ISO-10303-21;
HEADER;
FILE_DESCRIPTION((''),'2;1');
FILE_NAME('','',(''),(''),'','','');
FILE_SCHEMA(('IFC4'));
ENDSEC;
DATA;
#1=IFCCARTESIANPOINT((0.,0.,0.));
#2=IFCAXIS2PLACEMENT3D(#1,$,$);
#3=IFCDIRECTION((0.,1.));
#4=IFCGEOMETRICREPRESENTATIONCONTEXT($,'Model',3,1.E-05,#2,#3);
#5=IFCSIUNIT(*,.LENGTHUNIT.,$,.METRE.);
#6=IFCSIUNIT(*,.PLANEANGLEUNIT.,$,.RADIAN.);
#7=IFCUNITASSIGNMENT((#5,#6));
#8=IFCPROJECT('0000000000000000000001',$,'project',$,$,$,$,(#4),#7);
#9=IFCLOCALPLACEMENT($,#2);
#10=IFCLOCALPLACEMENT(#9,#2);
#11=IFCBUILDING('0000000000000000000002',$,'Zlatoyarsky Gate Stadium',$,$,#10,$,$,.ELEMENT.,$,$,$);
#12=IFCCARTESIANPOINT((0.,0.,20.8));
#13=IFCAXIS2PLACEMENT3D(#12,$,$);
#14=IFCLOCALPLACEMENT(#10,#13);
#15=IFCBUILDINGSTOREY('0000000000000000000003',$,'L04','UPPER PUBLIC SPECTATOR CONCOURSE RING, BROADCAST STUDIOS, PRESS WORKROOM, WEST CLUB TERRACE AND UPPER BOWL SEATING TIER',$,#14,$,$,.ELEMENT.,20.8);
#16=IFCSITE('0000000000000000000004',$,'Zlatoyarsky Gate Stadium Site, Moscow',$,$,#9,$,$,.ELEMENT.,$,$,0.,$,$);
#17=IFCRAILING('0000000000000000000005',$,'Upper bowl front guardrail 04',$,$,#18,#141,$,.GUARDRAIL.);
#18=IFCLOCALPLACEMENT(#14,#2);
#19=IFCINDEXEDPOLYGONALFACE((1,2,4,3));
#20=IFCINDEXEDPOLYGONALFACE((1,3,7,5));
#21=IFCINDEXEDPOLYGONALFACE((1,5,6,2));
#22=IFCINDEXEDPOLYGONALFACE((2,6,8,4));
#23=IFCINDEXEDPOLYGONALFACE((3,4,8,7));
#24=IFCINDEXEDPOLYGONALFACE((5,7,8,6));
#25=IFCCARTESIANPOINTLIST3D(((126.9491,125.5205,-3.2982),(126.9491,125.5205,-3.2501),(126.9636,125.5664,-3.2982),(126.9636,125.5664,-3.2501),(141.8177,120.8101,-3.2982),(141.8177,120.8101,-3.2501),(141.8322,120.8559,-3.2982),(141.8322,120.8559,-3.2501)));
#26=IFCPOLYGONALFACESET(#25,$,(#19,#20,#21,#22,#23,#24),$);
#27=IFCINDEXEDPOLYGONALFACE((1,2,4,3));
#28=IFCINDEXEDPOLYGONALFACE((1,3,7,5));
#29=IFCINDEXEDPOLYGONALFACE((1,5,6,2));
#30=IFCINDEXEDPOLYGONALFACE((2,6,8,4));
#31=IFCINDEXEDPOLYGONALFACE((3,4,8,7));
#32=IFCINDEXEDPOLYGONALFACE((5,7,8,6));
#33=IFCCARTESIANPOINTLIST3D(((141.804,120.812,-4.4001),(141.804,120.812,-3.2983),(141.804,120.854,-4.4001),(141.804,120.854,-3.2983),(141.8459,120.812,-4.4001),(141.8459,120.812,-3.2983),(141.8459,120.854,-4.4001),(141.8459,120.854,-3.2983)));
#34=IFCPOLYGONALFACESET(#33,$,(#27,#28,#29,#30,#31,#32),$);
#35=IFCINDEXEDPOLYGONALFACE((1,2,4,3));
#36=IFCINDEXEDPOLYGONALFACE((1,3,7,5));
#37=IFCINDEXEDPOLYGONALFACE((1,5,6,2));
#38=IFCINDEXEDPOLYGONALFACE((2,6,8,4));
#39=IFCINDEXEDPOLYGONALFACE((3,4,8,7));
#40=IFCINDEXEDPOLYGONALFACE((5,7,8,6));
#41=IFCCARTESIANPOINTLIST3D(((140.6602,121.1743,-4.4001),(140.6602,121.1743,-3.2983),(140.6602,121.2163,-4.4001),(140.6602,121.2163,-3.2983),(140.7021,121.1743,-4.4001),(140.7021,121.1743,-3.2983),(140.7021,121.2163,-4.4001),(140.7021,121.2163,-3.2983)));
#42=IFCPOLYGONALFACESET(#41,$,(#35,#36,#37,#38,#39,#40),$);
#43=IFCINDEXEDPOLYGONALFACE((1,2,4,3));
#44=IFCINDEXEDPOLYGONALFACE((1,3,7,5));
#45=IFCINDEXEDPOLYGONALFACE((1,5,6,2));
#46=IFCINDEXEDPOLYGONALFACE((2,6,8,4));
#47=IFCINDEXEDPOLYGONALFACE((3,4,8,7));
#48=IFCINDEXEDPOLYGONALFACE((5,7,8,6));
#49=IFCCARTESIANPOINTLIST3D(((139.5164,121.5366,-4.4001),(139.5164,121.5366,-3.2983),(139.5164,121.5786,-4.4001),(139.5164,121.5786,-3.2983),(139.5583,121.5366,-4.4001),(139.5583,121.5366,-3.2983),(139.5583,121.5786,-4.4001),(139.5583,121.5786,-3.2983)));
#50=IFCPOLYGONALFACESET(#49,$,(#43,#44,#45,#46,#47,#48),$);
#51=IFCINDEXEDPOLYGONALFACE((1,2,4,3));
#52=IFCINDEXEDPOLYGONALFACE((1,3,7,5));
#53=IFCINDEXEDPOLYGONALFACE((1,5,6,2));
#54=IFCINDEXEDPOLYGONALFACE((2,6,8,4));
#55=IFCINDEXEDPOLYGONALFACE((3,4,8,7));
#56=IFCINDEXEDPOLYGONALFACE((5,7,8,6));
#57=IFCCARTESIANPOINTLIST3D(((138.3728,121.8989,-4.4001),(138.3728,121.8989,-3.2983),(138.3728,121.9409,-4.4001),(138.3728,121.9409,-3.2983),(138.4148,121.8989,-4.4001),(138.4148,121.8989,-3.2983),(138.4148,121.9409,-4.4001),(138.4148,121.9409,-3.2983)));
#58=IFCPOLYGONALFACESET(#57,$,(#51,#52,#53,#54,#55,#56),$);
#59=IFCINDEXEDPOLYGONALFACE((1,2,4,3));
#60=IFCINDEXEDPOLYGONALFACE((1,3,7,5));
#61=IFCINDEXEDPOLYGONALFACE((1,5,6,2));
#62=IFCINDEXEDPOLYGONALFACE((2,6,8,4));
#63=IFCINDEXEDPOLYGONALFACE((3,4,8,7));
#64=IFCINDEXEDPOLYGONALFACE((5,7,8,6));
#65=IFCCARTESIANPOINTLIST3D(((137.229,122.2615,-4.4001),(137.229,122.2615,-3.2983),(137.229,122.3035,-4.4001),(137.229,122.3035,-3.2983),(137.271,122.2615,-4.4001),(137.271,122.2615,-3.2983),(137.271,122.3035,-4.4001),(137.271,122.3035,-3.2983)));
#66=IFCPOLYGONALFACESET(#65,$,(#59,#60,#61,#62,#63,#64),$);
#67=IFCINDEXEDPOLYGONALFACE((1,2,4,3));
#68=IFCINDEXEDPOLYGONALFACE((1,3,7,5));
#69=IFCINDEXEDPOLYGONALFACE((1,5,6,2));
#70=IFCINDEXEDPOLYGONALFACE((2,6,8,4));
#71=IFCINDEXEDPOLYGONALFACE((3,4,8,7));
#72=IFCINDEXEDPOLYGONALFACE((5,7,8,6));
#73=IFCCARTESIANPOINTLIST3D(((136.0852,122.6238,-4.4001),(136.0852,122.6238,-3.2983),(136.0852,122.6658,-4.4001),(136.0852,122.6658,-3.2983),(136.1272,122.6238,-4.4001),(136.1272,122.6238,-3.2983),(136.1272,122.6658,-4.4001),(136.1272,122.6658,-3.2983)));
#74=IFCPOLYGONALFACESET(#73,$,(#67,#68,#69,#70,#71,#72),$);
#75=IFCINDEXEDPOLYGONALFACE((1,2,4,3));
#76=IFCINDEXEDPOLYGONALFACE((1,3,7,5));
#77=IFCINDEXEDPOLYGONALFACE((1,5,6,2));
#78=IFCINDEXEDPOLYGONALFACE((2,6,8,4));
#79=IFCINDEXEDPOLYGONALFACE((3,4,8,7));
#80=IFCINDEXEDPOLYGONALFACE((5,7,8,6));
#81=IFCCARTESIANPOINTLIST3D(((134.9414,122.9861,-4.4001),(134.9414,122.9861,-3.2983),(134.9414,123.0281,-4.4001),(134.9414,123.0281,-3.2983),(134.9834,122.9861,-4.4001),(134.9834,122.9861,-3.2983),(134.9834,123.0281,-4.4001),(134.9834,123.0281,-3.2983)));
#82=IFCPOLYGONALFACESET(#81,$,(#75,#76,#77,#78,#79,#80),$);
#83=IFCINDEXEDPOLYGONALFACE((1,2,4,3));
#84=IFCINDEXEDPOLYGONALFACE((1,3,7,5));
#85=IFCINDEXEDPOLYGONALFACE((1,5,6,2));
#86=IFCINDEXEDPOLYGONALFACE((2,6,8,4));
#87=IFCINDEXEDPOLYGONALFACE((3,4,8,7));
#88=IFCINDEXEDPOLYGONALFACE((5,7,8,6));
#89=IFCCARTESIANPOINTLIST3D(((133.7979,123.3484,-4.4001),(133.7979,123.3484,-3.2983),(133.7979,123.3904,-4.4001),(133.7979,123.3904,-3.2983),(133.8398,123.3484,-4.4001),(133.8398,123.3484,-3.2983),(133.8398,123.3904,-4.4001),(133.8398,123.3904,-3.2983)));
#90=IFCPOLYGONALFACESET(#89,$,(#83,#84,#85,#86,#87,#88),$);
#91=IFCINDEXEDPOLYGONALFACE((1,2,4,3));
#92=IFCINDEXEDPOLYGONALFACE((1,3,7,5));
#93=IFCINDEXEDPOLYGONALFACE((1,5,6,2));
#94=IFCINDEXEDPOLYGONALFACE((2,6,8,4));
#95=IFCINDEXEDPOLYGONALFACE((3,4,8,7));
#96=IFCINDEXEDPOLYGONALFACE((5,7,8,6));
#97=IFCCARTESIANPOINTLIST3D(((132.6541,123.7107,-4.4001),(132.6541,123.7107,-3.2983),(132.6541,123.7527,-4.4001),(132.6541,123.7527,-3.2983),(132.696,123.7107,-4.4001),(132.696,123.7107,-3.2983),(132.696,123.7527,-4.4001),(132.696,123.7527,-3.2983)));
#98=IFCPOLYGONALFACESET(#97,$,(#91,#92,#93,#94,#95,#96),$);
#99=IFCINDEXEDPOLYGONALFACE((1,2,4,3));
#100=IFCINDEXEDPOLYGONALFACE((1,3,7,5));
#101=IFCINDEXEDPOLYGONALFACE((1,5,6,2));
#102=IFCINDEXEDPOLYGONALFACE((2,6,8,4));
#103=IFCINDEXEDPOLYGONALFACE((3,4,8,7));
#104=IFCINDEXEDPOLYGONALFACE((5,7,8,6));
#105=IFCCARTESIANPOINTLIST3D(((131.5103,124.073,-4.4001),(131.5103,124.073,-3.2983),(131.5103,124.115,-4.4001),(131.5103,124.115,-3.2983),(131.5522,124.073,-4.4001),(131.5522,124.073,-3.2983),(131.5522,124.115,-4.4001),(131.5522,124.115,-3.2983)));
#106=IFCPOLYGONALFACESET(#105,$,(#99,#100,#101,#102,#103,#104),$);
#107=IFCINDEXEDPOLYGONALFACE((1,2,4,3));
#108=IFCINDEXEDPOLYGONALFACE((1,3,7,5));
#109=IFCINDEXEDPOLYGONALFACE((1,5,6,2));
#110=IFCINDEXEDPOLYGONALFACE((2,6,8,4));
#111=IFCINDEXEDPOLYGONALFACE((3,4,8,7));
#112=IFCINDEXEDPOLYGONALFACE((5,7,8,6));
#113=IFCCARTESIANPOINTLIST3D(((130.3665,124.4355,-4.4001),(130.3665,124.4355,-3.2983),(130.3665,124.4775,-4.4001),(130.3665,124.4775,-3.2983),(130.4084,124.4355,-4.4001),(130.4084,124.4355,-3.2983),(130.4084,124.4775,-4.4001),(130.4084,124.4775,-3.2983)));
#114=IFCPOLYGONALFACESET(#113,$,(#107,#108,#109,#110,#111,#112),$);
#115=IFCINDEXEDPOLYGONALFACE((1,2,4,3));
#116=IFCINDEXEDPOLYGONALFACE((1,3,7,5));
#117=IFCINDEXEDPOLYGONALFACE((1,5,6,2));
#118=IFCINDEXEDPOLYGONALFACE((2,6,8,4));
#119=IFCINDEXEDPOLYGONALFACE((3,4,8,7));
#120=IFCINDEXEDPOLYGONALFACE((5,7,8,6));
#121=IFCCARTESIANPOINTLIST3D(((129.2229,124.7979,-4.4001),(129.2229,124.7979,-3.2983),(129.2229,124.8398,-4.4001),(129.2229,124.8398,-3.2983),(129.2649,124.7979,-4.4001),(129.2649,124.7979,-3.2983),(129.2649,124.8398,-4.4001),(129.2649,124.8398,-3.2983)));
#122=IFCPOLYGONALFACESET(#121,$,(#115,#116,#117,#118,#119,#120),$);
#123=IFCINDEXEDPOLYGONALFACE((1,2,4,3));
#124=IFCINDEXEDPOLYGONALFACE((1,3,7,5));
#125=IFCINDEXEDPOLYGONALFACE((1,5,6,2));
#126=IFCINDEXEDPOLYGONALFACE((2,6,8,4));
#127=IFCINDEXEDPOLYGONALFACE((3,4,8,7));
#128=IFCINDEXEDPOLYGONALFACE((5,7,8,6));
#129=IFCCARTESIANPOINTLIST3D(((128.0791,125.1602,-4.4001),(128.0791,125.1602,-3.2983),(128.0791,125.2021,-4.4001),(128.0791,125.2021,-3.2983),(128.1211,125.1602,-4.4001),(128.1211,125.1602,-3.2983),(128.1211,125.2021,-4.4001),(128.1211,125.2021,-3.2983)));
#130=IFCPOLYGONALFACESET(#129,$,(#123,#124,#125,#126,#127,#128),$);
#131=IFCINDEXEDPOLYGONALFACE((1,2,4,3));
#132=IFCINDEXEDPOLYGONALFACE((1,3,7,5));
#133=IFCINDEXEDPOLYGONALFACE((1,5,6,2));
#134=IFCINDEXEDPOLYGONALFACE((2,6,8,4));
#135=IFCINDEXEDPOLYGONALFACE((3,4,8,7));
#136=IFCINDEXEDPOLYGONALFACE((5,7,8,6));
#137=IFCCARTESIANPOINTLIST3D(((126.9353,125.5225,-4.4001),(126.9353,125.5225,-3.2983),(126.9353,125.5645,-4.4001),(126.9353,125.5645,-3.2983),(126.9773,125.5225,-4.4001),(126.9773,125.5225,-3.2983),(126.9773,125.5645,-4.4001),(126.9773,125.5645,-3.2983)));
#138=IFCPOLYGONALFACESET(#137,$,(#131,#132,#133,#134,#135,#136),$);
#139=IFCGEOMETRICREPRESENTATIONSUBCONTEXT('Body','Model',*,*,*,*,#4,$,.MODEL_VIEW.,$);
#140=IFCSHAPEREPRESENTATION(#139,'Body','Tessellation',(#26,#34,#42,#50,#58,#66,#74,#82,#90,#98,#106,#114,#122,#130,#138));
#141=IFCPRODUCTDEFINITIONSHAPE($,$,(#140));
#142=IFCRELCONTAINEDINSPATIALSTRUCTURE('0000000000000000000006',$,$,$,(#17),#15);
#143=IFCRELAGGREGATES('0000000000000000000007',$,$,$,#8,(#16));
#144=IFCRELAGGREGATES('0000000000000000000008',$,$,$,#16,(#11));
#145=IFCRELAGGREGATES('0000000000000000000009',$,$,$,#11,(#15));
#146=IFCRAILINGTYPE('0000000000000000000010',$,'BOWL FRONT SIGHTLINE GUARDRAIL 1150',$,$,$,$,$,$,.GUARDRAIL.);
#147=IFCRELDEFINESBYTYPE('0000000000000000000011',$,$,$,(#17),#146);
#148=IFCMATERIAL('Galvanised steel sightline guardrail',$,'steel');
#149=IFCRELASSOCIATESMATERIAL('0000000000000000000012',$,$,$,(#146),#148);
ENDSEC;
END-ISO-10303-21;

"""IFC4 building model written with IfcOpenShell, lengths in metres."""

from ifc_helpers import new_model, si_unit, direction, frame, origin, origin_2d, place, context, subcontext, project, spatial, rectangle, extrude, material, type_object, element, save


model = new_model("IFC4")

# Units and contexts
model_context = context("Model", 3, precision=1e-05, world=origin(), true_north=direction((0.0, 1.0)))
body_context = subcontext(model_context, "Body", "Model", "MODEL_VIEW")
ifc_project = project(units=[si_unit("LENGTHUNIT", "METRE"), si_unit("PLANEANGLEUNIT", "RADIAN")], contexts=[model_context])

# Site, building, storey
site_placement = place(None, origin())
site = spatial("IfcSite", under=ifc_project, at=site_placement, Name="Zlatoyarsky Gate Stadium Site, Moscow", CompositionType="ELEMENT", RefElevation=0.0)
building_placement = place(site_placement, origin())
building = spatial("IfcBuilding", under=site, at=building_placement, Name="Zlatoyarsky Gate Stadium", CompositionType="ELEMENT")
storey_placement = place(building_placement, frame((0.0, 0.0, 20.8)))
storey = spatial("IfcBuildingStorey", under=building, at=storey_placement, Name="L04", Description="UPPER PUBLIC SPECTATOR CONCOURSE RING, BROADCAST STUDIOS, PRESS WORKROOM, WEST CLUB TERRACE AND UPPER BOWL SEATING TIER", CompositionType="ELEMENT", Elevation=20.8)

# Railing
ifc_material_1 = material(Name="Galvanised steel sightline guardrail", Category="steel")
railing_type_1 = type_object("IfcRailingType", Name="BOWL FRONT SIGHTLINE GUARDRAIL 1150", PredefinedType="GUARDRAIL", material=ifc_material_1)
railing_1_placement = place(storey_placement, frame((141.825, 120.833, -4.4001)))
element("IfcRailing", 1, at=railing_1_placement, inside=storey, type_object=railing_type_1, Name="Upper bowl front guardrail 04", PredefinedType="GUARDRAIL", context=body_context, shape_type="SweptSolid", body=[
    extrude(rectangle(XDim=0.0481, YDim=0.0481, at=origin_2d()), frame((0.0, 0.0, 1.126), z_axis=(-0.953305, 0.302011, 0.0), x_axis=(-0.302011, -0.953305, 0.0)), (0.0, 0.0, 1.0), 15.5969),
    extrude(rectangle(XDim=0.042, YDim=0.042, at=origin_2d()), origin(), (0.0, 0.0, 1.0), 1.1018),
    extrude(rectangle(XDim=0.042, YDim=0.042, at=origin_2d()), frame((-1.1438, 0.3623, 0.0)), (0.0, 0.0, 1.0), 1.1018),
    extrude(rectangle(XDim=0.042, YDim=0.042, at=origin_2d()), frame((-2.2876, 0.7246, 0.0)), (0.0, 0.0, 1.0), 1.1018),
    extrude(rectangle(XDim=0.042, YDim=0.042, at=origin_2d()), frame((-3.4312, 1.0869, 0.0)), (0.0, 0.0, 1.0), 1.1018),
    extrude(rectangle(XDim=0.042, YDim=0.042, at=origin_2d()), frame((-4.575, 1.4495, 0.0)), (0.0, 0.0, 1.0), 1.1018),
    extrude(rectangle(XDim=0.042, YDim=0.042, at=origin_2d()), frame((-5.7188, 1.8118, 0.0)), (0.0, 0.0, 1.0), 1.1018),
    extrude(rectangle(XDim=0.042, YDim=0.042, at=origin_2d()), frame((-6.8625, 2.1741, 0.0)), (0.0, 0.0, 1.0), 1.1018),
    extrude(rectangle(XDim=0.042, YDim=0.042, at=origin_2d()), frame((-8.0061, 2.5364, 0.0)), (0.0, 0.0, 1.0), 1.1018),
    extrude(rectangle(XDim=0.042, YDim=0.042, at=origin_2d()), frame((-9.1499, 2.8987, 0.0)), (0.0, 0.0, 1.0), 1.1018),
    extrude(rectangle(XDim=0.042, YDim=0.042, at=origin_2d()), frame((-10.2937, 3.261, 0.0)), (0.0, 0.0, 1.0), 1.1018),
    extrude(rectangle(XDim=0.042, YDim=0.042, at=origin_2d()), frame((-11.4375, 3.6235, 0.0)), (0.0, 0.0, 1.0), 1.1018),
    extrude(rectangle(XDim=0.042, YDim=0.042, at=origin_2d()), frame((-12.5811, 3.9858, 0.0)), (0.0, 0.0, 1.0), 1.1018),
    extrude(rectangle(XDim=0.042, YDim=0.042, at=origin_2d()), frame((-13.7249, 4.3481, 0.0)), (0.0, 0.0, 1.0), 1.1018),
    extrude(rectangle(XDim=0.042, YDim=0.042, at=origin_2d()), frame((-14.8687, 4.7104, 0.0)), (0.0, 0.0, 1.0), 1.1018),
])

save(model, "model.ifc")
